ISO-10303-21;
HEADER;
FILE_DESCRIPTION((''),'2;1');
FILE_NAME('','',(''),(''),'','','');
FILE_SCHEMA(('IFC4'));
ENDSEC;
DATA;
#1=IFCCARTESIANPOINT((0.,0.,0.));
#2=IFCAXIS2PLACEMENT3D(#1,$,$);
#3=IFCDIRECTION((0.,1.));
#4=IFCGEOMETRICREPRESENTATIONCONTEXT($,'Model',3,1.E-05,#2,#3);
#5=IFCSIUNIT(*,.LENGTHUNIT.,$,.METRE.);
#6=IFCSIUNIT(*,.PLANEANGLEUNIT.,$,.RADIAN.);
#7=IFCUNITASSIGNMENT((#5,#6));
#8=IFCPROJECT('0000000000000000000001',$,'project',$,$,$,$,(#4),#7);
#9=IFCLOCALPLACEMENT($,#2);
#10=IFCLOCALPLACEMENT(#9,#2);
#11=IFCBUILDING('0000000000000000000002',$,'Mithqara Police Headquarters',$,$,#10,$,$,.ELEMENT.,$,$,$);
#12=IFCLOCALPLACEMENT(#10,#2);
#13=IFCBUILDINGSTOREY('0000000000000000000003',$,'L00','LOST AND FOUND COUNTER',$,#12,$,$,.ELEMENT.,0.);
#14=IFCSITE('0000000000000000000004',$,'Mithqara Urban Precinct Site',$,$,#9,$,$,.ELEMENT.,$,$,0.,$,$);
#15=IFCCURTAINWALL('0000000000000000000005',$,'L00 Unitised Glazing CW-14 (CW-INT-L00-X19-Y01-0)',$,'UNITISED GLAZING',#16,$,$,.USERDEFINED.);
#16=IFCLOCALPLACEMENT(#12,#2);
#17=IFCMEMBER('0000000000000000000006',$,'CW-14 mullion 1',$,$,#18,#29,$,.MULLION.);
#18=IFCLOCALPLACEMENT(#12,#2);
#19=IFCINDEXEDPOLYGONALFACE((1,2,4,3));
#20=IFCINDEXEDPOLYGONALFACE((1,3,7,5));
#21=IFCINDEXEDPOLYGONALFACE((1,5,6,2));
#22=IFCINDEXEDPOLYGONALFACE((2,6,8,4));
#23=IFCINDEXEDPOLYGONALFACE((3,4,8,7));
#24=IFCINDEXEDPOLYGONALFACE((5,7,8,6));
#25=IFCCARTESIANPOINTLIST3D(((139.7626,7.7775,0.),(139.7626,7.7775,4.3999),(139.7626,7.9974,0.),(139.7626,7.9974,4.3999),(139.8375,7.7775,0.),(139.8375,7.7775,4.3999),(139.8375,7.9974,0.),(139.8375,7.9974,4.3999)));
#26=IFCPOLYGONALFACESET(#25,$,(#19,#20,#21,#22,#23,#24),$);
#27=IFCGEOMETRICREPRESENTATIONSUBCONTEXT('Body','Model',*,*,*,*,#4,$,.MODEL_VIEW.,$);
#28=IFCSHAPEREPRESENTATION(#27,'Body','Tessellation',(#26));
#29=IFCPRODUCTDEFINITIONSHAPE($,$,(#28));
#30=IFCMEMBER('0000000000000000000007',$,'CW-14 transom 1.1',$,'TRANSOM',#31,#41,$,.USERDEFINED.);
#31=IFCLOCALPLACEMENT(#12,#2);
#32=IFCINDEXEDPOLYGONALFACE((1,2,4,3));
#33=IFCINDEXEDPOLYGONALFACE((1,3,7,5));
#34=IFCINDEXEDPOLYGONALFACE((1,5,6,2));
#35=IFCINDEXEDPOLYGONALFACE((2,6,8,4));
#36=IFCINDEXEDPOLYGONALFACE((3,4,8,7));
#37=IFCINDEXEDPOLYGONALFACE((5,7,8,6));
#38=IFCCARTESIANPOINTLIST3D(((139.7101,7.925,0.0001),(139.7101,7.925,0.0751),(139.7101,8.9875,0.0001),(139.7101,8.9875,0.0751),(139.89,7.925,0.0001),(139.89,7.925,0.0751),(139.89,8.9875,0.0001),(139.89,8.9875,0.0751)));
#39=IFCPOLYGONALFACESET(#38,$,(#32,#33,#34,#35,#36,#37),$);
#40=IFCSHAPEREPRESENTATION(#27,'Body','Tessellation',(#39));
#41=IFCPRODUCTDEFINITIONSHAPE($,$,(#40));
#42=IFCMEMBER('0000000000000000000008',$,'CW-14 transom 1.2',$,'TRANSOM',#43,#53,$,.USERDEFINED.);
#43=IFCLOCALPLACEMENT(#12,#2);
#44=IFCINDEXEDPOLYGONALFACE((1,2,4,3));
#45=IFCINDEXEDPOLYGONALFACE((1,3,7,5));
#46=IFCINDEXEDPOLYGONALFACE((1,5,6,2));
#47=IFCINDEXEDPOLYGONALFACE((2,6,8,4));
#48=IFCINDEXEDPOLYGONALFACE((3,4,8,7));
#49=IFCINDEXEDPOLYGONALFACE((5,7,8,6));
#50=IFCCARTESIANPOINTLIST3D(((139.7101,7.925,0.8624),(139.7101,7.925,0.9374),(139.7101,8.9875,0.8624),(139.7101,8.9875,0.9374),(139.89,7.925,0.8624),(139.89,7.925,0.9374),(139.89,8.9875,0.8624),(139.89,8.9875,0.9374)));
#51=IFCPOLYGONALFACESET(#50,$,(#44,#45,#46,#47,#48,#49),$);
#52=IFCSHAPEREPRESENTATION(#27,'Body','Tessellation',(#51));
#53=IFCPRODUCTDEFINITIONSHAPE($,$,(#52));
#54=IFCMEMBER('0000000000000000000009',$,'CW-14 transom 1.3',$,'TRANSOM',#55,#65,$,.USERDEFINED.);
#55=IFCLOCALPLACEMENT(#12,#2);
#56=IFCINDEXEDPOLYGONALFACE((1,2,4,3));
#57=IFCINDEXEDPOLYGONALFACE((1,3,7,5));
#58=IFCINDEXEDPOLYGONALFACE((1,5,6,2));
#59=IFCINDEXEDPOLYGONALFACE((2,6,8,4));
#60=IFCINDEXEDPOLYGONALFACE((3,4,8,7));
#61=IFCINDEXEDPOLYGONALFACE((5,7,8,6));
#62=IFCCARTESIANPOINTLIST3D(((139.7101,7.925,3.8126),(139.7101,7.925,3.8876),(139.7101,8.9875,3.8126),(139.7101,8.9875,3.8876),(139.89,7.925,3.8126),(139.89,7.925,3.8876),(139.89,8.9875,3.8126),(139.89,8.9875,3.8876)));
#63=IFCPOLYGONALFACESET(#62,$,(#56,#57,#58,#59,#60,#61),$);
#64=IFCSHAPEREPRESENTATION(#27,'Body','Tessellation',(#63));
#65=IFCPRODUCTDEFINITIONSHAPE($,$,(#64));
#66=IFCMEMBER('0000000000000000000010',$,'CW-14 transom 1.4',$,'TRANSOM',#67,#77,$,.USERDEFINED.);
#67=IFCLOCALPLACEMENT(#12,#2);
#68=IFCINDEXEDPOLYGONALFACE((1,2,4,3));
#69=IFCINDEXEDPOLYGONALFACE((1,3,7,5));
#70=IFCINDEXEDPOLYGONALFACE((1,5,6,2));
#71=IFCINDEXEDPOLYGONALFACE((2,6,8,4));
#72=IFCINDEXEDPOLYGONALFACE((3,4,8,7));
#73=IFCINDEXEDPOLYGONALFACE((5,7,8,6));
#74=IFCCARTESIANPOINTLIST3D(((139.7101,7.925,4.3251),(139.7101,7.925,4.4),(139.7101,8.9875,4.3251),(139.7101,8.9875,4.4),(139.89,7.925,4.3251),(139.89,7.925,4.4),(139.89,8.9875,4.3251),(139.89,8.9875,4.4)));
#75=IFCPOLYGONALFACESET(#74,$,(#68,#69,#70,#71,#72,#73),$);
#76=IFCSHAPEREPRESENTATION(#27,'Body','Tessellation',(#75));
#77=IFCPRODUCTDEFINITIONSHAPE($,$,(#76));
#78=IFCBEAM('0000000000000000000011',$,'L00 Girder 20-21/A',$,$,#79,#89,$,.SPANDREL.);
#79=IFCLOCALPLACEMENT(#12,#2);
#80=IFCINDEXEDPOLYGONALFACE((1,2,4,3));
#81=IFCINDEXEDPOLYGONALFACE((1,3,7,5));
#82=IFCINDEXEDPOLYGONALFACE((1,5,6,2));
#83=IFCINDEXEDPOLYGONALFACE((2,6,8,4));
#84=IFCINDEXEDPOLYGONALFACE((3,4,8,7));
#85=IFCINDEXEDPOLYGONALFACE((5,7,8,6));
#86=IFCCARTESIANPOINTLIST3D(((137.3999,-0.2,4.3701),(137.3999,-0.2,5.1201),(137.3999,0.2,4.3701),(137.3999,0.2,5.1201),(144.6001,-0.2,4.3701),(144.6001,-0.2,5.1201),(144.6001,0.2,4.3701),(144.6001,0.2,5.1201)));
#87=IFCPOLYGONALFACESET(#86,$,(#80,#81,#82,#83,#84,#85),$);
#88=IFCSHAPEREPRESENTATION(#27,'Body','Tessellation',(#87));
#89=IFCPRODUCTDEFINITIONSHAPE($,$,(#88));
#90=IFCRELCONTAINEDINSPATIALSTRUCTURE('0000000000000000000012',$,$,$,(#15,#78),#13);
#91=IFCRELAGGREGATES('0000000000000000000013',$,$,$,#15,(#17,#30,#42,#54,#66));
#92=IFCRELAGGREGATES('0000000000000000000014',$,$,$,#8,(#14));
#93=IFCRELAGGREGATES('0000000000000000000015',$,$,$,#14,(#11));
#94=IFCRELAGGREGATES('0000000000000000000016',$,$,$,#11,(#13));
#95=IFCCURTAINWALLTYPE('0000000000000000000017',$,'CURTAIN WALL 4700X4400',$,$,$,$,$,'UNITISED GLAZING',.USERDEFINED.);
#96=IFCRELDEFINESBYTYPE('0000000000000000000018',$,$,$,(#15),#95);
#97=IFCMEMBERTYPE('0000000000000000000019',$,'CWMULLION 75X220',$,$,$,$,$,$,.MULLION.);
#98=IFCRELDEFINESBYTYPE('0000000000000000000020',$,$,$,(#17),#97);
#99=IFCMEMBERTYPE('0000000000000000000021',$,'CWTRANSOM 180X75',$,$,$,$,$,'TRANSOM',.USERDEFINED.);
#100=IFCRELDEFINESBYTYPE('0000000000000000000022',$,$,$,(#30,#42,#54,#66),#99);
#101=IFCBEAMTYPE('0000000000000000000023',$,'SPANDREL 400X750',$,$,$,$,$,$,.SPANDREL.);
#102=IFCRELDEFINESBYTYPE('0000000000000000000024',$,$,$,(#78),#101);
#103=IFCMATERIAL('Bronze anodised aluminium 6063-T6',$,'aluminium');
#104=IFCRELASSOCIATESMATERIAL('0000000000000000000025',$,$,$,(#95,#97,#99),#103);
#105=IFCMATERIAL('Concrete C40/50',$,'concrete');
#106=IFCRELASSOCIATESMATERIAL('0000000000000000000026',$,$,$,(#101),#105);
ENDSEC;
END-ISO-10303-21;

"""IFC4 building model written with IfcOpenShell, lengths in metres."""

from ifc_helpers import new_model, si_unit, direction, frame, origin, origin_2d, place, context, subcontext, project, spatial, rectangle, extrude, material, material_profile, profile_set, type_object, element, aggregate, save


model = new_model("IFC4")

# Units and contexts
model_context = context("Model", 3, precision=1e-05, world=origin(), true_north=direction((0.0, 1.0)))
body_context = subcontext(model_context, "Body", "Model", "MODEL_VIEW")
ifc_project = project(units=[si_unit("LENGTHUNIT", "METRE"), si_unit("PLANEANGLEUNIT", "RADIAN")], contexts=[model_context])

# Site, building, storey
site_placement = place(None, origin())
site = spatial("IfcSite", under=ifc_project, at=site_placement, Name="Mithqara Urban Precinct Site", CompositionType="ELEMENT", RefElevation=0.0)
building_placement = place(site_placement, origin())
building = spatial("IfcBuilding", under=site, at=building_placement, Name="Mithqara Police Headquarters", CompositionType="ELEMENT")
storey_placement = place(building_placement, origin())
storey = spatial("IfcBuildingStorey", under=building, at=storey_placement, Name="L00", Description="LOST AND FOUND COUNTER", CompositionType="ELEMENT", Elevation=0.0)

# Shared definitions
ifc_material_1 = material(Name="Concrete C40/50", Category="concrete")

# Curtain wall, members
ifc_material_2 = material(Name="Bronze anodised aluminium 6063-T6", Category="aluminium")
curtain_wall_type = type_object("IfcCurtainWallType", Name="CURTAIN WALL 4700X4400", ElementType="UNITISED GLAZING", PredefinedType="USERDEFINED", material=ifc_material_2)
curtain_wall_placement = place(storey_placement, origin())
curtain_wall = element("IfcCurtainWall", 1, at=curtain_wall_placement, inside=storey, type_object=curtain_wall_type, Name="L00 Unitised Glazing CW-14 (CW-INT-L00-X19-Y01-0)", ObjectType="UNITISED GLAZING", PredefinedType="USERDEFINED")
ifc_material_profile_1 = material_profile(ifc_material_2, rectangle(XDim=0.075, YDim=0.22, at=origin_2d()), Name="CWM 75x220")
ifc_profile_set_1 = profile_set([ifc_material_profile_1], Name="Bronze anodised aluminium 6063-T6")
member_type_1 = type_object("IfcMemberType", Name="CWMULLION 75X220", PredefinedType="MULLION", material=ifc_profile_set_1)
member_1_placement = place(storey_placement, frame((139.8, 7.8875, 0.0), z_axis=(0.0, 0.0, 1.0), x_axis=(-1.0, 0.0, 0.0)))
member_1 = element("IfcMember", 2, at=member_1_placement, type_object=member_type_1, Name="CW-14 mullion 1", PredefinedType="MULLION", context=body_context, shape_type="SweptSolid", body=[
    extrude(rectangle(XDim=0.075, YDim=0.22, at=origin_2d()), origin(), (0.0, 0.0, 1.0), 4.3999),
])
ifc_material_profile_2 = material_profile(ifc_material_2, rectangle(XDim=0.1799, YDim=0.075, at=origin_2d()), Name="CWT 180x75")
ifc_profile_set_2 = profile_set([ifc_material_profile_2], Name="Bronze anodised aluminium 6063-T6")
member_type_2 = type_object("IfcMemberType", Name="CWTRANSOM 180X75", ElementType="TRANSOM", PredefinedType="USERDEFINED", material=ifc_profile_set_2)
member_2_placement = place(storey_placement, frame((139.8, 7.925, 0.0376), z_axis=(0.0, 1.0, 0.0), x_axis=(-1.0, 0.0, 0.0)))
member_2 = element("IfcMember", 3, at=member_2_placement, type_object=member_type_2, Name="CW-14 transom 1.1", ObjectType="TRANSOM", PredefinedType="USERDEFINED", context=body_context, shape_type="SweptSolid", body=[
    extrude(rectangle(XDim=0.1799, YDim=0.075, at=origin_2d()), origin(), (0.0, 0.0, 1.0), 1.0625),
])
member_3_placement = place(storey_placement, frame((139.8, 7.925, 0.8999), z_axis=(0.0, 1.0, 0.0), x_axis=(-1.0, 0.0, 0.0)))
member_3 = element("IfcMember", 4, at=member_3_placement, type_object=member_type_2, Name="CW-14 transom 1.2", ObjectType="TRANSOM", PredefinedType="USERDEFINED", context=body_context, shape_type="SweptSolid", body=[
    extrude(rectangle(XDim=0.1799, YDim=0.075, at=origin_2d()), origin(), (0.0, 0.0, 1.0), 1.0625),
])
member_4_placement = place(storey_placement, frame((139.8, 7.925, 3.8501), z_axis=(0.0, 1.0, 0.0), x_axis=(-1.0, 0.0, 0.0)))
member_4 = element("IfcMember", 5, at=member_4_placement, type_object=member_type_2, Name="CW-14 transom 1.3", ObjectType="TRANSOM", PredefinedType="USERDEFINED", context=body_context, shape_type="SweptSolid", body=[
    extrude(rectangle(XDim=0.1799, YDim=0.075, at=origin_2d()), origin(), (0.0, 0.0, 1.0), 1.0625),
])
member_5_placement = place(storey_placement, frame((139.8, 7.925, 4.3625), z_axis=(0.0, 1.0, 0.0), x_axis=(-1.0, 0.0, 0.0)))
member_5 = element("IfcMember", 6, at=member_5_placement, type_object=member_type_2, Name="CW-14 transom 1.4", ObjectType="TRANSOM", PredefinedType="USERDEFINED", context=body_context, shape_type="SweptSolid", body=[
    extrude(rectangle(XDim=0.1799, YDim=0.075, at=origin_2d()), origin(), (0.0, 0.0, 1.0), 1.0625),
])
aggregate(curtain_wall, [member_1, member_2, member_3, member_4, member_5])

# Beam
ifc_material_profile_3 = material_profile(ifc_material_1, rectangle(XDim=0.3999, YDim=0.75, at=origin_2d()), Name="SPB 400x750")
ifc_profile_set_3 = profile_set([ifc_material_profile_3], Name="Concrete C40/50")
beam_type_1 = type_object("IfcBeamType", Name="SPANDREL 400X750", PredefinedType="SPANDREL", material=ifc_profile_set_3)
beam_1_placement = place(storey_placement, frame((137.3999, 0.0, 4.7451), z_axis=(1.0, 0.0, 0.0), x_axis=(0.0, 1.0, 0.0)))
element("IfcBeam", 7, at=beam_1_placement, inside=storey, type_object=beam_type_1, Name="L00 Girder 20-21/A", PredefinedType="SPANDREL", context=body_context, shape_type="SweptSolid", body=[
    extrude(rectangle(XDim=0.3999, YDim=0.75, at=origin_2d()), origin(), (0.0, 0.0, 1.0), 7.2002),
])

save(model, "model.ifc")
